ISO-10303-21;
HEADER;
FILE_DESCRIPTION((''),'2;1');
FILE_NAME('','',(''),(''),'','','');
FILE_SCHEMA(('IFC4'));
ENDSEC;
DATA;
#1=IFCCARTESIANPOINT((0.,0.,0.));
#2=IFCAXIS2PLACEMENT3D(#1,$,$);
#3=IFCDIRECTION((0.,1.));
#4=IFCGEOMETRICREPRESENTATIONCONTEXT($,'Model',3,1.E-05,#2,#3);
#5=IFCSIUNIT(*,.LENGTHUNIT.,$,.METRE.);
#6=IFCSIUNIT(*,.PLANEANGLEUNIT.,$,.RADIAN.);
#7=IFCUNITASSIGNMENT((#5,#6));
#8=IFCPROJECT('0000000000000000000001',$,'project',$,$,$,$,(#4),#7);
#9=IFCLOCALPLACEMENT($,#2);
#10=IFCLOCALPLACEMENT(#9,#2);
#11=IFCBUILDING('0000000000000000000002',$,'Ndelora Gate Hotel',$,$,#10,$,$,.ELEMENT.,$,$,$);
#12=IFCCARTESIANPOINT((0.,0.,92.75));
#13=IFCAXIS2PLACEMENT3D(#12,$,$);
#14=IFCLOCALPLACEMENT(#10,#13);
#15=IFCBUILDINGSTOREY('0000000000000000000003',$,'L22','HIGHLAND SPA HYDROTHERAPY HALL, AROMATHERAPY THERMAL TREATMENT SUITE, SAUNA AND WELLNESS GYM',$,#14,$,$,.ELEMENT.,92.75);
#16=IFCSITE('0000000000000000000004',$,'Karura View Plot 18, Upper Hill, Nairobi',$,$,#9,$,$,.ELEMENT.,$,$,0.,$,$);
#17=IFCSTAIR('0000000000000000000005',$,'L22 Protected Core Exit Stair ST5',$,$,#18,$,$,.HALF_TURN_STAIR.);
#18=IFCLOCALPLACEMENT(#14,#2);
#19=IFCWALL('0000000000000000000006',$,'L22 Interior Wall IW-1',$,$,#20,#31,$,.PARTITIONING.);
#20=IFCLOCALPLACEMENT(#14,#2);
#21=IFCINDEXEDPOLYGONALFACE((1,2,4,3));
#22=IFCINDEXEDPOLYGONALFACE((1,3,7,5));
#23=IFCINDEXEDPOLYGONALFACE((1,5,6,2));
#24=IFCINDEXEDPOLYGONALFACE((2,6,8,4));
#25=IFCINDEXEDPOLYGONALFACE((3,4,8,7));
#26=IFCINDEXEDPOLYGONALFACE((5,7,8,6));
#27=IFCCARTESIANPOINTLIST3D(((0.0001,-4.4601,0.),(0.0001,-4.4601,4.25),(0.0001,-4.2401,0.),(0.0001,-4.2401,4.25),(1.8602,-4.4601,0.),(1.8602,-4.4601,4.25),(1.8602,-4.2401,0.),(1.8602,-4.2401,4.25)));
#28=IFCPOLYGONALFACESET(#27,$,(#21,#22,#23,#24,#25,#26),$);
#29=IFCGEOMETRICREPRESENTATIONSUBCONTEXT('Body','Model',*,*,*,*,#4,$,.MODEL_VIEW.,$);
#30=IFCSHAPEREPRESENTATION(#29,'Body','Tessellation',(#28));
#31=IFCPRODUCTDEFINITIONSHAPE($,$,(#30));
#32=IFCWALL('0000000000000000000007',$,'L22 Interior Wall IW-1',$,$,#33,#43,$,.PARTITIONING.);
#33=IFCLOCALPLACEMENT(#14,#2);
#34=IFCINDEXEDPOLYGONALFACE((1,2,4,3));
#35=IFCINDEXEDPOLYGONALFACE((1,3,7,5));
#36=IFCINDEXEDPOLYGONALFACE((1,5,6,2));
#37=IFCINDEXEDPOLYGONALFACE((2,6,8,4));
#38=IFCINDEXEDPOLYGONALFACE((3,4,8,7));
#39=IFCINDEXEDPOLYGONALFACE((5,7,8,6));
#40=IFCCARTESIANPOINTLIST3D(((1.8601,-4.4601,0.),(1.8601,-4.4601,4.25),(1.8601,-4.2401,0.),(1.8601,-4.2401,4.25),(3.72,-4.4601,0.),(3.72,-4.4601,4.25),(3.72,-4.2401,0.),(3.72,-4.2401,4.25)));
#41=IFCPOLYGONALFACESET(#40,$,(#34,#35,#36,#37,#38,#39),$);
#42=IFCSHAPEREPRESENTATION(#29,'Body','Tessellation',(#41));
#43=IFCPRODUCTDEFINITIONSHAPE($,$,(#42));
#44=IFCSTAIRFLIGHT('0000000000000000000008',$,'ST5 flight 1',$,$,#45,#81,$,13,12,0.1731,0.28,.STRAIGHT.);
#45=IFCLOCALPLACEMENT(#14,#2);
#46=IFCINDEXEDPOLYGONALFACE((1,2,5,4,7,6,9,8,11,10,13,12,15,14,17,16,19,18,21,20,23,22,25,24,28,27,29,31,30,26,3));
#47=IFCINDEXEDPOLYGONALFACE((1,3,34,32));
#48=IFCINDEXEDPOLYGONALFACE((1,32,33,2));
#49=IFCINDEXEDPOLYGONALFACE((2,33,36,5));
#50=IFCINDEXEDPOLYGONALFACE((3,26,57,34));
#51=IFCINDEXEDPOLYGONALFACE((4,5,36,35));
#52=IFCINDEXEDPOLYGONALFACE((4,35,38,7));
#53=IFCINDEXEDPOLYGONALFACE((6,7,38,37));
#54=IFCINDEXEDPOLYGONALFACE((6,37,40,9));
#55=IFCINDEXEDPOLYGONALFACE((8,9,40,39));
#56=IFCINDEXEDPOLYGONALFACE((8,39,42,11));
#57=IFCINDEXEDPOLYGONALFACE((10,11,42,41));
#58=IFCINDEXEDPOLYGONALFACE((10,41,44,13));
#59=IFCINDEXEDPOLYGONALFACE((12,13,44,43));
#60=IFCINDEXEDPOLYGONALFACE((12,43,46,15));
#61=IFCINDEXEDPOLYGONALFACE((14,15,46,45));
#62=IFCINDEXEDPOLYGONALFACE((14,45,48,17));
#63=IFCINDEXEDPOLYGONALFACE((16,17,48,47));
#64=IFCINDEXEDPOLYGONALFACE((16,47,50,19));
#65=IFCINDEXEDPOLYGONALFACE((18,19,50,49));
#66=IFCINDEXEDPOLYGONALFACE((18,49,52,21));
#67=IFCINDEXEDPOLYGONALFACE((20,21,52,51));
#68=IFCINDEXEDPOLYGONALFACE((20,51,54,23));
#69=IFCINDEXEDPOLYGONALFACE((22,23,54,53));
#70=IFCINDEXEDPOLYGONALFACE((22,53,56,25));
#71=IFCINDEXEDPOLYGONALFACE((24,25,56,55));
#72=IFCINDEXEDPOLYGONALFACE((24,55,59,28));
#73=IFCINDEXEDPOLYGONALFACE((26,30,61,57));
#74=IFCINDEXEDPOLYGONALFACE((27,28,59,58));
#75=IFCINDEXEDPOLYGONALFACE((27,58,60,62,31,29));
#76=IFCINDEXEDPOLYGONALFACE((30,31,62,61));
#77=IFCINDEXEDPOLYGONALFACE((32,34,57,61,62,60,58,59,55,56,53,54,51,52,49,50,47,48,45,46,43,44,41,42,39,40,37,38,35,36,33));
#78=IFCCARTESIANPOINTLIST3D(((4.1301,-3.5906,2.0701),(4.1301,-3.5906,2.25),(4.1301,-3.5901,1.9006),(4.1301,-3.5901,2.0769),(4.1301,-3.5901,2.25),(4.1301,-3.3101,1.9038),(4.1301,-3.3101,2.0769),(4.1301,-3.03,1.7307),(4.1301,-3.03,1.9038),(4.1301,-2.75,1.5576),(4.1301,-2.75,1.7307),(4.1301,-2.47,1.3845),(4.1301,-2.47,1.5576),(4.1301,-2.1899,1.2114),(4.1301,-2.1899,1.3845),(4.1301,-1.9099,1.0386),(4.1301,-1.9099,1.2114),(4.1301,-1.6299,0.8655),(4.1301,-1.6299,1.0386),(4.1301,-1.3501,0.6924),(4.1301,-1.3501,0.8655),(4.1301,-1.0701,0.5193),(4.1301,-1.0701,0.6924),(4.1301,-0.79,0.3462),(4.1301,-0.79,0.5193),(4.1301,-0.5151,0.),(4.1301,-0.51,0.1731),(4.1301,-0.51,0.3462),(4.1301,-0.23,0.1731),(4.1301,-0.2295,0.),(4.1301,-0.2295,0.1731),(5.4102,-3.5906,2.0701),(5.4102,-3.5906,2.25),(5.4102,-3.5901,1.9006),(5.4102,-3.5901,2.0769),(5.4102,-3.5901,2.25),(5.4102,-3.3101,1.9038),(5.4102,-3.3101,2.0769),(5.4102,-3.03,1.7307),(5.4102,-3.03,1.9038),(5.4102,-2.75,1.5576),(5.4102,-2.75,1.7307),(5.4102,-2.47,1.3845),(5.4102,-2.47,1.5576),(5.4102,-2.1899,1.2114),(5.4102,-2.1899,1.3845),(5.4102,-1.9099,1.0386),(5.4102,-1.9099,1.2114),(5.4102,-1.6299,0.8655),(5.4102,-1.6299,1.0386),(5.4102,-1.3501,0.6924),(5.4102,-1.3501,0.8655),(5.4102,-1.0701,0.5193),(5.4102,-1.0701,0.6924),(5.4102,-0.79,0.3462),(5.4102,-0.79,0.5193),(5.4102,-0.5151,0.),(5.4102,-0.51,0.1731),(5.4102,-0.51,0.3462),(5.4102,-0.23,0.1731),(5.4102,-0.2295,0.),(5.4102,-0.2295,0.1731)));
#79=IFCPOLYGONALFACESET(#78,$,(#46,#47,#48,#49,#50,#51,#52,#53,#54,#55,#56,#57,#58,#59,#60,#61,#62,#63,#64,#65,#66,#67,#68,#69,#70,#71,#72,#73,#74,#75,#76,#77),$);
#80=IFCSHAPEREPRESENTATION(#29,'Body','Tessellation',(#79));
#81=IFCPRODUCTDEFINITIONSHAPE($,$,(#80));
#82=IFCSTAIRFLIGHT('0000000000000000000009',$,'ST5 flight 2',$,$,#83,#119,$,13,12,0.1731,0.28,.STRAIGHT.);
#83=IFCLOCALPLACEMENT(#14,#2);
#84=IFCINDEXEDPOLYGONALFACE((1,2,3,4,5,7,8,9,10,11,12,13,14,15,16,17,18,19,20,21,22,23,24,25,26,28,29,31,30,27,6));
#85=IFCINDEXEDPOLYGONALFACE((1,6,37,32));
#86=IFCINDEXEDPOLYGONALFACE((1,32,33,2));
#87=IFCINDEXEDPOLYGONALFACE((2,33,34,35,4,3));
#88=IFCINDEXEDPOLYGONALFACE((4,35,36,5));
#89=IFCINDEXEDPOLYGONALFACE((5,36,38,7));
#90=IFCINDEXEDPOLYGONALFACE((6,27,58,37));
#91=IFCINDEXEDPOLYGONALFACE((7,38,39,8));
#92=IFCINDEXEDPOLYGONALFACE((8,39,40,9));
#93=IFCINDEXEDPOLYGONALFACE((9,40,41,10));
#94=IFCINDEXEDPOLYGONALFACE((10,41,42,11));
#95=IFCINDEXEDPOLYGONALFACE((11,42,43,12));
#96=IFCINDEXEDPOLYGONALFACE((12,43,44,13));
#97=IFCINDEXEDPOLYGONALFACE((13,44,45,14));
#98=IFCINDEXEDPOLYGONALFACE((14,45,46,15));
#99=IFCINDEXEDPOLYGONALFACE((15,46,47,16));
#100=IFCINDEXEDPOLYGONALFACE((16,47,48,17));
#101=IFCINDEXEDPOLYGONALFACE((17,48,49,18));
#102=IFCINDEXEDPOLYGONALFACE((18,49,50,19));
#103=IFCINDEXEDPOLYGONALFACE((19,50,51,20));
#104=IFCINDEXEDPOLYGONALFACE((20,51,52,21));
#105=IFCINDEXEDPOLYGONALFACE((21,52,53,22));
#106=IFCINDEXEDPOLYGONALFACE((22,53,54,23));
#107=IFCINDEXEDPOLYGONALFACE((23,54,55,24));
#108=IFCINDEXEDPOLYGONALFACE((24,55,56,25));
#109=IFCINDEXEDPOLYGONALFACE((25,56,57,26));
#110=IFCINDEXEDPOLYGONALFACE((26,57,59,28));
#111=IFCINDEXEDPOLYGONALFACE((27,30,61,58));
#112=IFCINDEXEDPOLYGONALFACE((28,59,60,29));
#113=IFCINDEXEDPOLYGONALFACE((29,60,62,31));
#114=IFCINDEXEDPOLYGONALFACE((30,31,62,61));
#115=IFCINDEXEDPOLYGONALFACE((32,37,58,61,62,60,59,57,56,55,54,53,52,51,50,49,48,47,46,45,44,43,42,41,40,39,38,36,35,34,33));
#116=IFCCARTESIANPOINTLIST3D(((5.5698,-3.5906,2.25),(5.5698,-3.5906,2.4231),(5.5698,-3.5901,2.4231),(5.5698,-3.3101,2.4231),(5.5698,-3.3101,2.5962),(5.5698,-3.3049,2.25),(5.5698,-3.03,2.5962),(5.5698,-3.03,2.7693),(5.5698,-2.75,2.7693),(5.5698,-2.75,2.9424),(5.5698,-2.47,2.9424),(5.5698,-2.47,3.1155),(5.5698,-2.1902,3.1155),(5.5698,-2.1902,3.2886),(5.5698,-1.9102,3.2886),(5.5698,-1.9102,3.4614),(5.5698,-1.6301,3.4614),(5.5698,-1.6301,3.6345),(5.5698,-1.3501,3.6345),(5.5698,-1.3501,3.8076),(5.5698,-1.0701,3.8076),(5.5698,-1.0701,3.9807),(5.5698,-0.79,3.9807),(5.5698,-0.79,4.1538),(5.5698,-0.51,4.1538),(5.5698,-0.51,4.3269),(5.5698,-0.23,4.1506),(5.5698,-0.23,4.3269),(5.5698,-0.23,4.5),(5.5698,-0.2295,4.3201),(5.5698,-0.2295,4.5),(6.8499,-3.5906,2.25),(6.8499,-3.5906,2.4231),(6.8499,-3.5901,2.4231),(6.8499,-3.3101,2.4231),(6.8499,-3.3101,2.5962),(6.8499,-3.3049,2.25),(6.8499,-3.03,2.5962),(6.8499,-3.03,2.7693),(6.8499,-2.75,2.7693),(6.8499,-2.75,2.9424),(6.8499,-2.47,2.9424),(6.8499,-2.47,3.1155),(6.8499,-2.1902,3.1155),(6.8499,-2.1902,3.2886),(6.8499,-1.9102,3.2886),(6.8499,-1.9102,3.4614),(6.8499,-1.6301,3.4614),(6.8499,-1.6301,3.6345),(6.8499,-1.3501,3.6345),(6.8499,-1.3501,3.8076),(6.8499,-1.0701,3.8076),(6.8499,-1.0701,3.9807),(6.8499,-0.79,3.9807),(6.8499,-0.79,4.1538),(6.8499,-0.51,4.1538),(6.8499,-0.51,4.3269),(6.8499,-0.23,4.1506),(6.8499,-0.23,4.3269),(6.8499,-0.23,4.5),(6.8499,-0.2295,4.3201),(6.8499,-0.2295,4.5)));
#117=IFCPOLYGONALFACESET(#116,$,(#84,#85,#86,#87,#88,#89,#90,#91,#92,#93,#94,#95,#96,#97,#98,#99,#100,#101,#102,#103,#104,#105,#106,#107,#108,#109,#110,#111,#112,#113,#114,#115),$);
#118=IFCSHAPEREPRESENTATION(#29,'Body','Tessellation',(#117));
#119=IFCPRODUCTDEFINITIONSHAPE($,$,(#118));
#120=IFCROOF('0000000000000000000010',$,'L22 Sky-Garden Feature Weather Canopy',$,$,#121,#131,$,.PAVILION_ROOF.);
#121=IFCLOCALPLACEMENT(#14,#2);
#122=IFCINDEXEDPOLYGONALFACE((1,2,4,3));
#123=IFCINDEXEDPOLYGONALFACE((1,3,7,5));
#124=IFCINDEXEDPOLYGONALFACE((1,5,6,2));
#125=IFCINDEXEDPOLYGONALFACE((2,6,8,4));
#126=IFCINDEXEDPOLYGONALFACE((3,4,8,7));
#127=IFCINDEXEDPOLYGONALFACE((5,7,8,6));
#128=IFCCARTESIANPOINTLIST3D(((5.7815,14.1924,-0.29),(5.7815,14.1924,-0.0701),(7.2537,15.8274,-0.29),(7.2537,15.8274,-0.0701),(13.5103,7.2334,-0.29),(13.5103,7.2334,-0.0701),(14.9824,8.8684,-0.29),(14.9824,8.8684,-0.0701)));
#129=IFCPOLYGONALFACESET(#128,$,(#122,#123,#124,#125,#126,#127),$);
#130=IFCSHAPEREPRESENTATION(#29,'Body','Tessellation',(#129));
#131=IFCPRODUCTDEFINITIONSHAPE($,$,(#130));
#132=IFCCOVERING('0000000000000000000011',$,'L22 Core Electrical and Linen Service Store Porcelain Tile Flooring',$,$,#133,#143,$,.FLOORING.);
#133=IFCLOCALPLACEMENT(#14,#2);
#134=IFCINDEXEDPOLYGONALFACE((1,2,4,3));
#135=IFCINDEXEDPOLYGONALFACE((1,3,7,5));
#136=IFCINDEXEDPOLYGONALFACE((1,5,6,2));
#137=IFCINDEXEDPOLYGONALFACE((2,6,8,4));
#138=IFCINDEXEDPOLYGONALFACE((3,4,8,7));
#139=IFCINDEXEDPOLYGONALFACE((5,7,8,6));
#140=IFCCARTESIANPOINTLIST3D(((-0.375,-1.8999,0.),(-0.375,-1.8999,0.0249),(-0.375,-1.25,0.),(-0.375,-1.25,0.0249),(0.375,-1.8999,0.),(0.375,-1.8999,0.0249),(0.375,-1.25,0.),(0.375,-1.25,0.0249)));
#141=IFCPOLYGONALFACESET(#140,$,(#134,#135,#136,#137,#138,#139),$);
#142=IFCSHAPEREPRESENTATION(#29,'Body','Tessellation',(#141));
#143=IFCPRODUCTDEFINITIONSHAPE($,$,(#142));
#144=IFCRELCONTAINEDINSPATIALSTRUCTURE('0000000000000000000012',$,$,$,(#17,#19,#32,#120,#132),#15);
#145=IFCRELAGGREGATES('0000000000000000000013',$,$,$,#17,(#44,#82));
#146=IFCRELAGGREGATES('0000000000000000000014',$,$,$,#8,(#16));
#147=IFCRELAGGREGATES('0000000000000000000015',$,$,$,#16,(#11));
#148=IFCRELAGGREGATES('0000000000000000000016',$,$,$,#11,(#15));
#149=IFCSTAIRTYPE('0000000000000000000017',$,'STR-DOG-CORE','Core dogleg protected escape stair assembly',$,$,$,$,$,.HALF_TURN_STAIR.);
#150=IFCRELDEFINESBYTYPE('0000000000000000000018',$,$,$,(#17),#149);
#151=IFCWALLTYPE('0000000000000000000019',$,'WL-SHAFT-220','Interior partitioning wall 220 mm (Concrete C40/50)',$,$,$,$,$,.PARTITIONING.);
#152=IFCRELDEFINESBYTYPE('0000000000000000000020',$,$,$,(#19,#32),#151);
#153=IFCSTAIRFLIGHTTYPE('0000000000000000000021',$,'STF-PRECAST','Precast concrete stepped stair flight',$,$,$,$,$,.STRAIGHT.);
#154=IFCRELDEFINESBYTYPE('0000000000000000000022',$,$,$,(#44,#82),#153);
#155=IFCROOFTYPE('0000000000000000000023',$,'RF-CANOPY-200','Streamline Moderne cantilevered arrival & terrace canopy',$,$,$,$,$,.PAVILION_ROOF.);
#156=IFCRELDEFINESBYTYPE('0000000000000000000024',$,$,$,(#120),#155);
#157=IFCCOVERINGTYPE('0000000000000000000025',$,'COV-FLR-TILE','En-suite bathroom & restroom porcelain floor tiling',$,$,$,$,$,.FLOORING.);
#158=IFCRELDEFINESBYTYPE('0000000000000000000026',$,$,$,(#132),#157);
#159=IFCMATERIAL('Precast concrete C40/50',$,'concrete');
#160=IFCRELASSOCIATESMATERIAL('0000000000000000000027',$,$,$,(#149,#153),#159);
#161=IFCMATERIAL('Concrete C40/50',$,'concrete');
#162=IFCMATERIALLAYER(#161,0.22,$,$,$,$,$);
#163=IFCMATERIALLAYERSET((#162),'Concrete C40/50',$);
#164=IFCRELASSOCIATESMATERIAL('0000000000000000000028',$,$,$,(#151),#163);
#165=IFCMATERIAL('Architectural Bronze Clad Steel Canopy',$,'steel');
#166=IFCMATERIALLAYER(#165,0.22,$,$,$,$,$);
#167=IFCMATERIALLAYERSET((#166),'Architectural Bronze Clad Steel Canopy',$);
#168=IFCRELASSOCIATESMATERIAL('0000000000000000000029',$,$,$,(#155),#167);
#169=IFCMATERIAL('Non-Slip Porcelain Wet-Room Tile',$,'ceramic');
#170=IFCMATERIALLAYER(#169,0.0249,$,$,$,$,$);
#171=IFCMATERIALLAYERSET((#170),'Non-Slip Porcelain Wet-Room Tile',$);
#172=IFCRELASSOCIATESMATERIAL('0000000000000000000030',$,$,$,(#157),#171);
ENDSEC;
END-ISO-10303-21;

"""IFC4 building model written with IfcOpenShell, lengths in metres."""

from ifc_helpers import new_model, si_unit, direction, frame, frame_2d, origin, origin_2d, place, context, subcontext, project, spatial, polyline, rectangle, outline, extrude, material, layer, layer_set, type_object, element, aggregate, save


model = new_model("IFC4")

# Units and contexts
model_context = context("Model", 3, precision=1e-05, world=origin(), true_north=direction((0.0, 1.0)))
body_context = subcontext(model_context, "Body", "Model", "MODEL_VIEW")
ifc_project = project(units=[si_unit("LENGTHUNIT", "METRE"), si_unit("PLANEANGLEUNIT", "RADIAN")], contexts=[model_context])

# Site, building, storey
site_placement = place(None, origin())
site = spatial("IfcSite", under=ifc_project, at=site_placement, Name="Karura View Plot 18, Upper Hill, Nairobi", CompositionType="ELEMENT", RefElevation=0.0)
building_placement = place(site_placement, origin())
building = spatial("IfcBuilding", under=site, at=building_placement, Name="Ndelora Gate Hotel", CompositionType="ELEMENT")
storey_placement = place(building_placement, frame((0.0, 0.0, 92.75)))
storey = spatial("IfcBuildingStorey", under=building, at=storey_placement, Name="L22", Description="HIGHLAND SPA HYDROTHERAPY HALL, AROMATHERAPY THERMAL TREATMENT SUITE, SAUNA AND WELLNESS GYM", CompositionType="ELEMENT", Elevation=92.75)

# Stair
ifc_material_1 = material(Name="Precast concrete C40/50", Category="concrete")
stair_type = type_object("IfcStairType", Name="STR-DOG-CORE", Description="Core dogleg protected escape stair assembly", PredefinedType="HALF_TURN_STAIR", material=ifc_material_1)
stair_1_placement = place(storey_placement, origin())
stair_1 = element("IfcStair", 1, at=stair_1_placement, inside=storey, type_object=stair_type, Name="L22 Protected Core Exit Stair ST5", PredefinedType="HALF_TURN_STAIR")

# Walls
ifc_material_2 = material(Name="Concrete C40/50", Category="concrete")
ifc_layer_1 = layer(ifc_material_2, 0.22)
ifc_layer_set_1 = layer_set([ifc_layer_1], Name="Concrete C40/50")
wall_type = type_object("IfcWallType", Name="WL-SHAFT-220", Description="Interior partitioning wall 220 mm (Concrete C40/50)", PredefinedType="PARTITIONING", material=ifc_layer_set_1)
wall_1_placement = place(storey_placement, frame((0.0, -4.3501, 0.0), z_axis=(0.0, 0.0, 1.0), x_axis=(1.0, 0.0, 0.0)))
element("IfcWall", 2, at=wall_1_placement, inside=storey, type_object=wall_type, Name="L22 Interior Wall IW-1", PredefinedType="PARTITIONING", context=body_context, shape_type="SweptSolid", body=[
    extrude(rectangle(XDim=1.8601, YDim=0.22, at=frame_2d((0.9302, 0.0))), origin(), (0.0, 0.0, 1.0), 4.25),
])
wall_2_placement = place(storey_placement, frame((1.8601, -4.3501, 0.0), z_axis=(0.0, 0.0, 1.0), x_axis=(1.0, 0.0, 0.0)))
element("IfcWall", 3, at=wall_2_placement, inside=storey, type_object=wall_type, Name="L22 Interior Wall IW-1", PredefinedType="PARTITIONING", context=body_context, shape_type="SweptSolid", body=[
    extrude(rectangle(XDim=1.8599, YDim=0.22, at=frame_2d((0.9299, 0.0))), origin(), (0.0, 0.0, 1.0), 4.25),
])

# Stair flights
stair_flight_type = type_object("IfcStairFlightType", Name="STF-PRECAST", Description="Precast concrete stepped stair flight", PredefinedType="STRAIGHT", material=ifc_material_1)
stair_flight_1_placement = place(storey_placement, frame((4.77, -0.23, 0.0), z_axis=(0.0, 0.0, 1.0), x_axis=(0.0, -1.0, 0.0)))
stair_flight_1 = element("IfcStairFlight", 4, at=stair_flight_1_placement, type_object=stair_flight_type, Name="ST5 flight 1", NumberOfRisers=13, NumberOfTreads=12, PredefinedType="STRAIGHT", RiserHeight=0.1731, TreadLength=0.28, context=body_context, shape_type="SweptSolid", body=[
    extrude(outline(polyline([(-0.0005, 0.0), (-0.0005, 0.1731), (0.0, 0.1731), (0.28, 0.1731), (0.28, 0.3462), (0.5601, 0.3462), (0.5601, 0.5193), (0.8401, 0.5193), (0.8401, 0.6924), (1.1201, 0.6924), (1.1201, 0.8655), (1.3999, 0.8655), (1.3999, 1.0386), (1.6799, 1.0386), (1.6799, 1.2114), (1.96, 1.2114), (1.96, 1.3845), (2.24, 1.3845), (2.24, 1.5576), (2.52, 1.5576), (2.52, 1.7307), (2.8, 1.7307), (2.8, 1.9038), (3.0801, 1.9038), (3.0801, 2.0769), (3.3601, 2.0769), (3.3601, 2.25), (3.3606, 2.25), (3.3606, 2.0701), (3.3601, 1.9006), (0.2852, 0.0), (-0.0005, 0.0)])), frame((0.0, 0.6401, 0.0), z_axis=(0.0, -1.0, 0.0), x_axis=(1.0, 0.0, 0.0)), (0.0, 0.0, 1.0), 1.28),
])
stair_flight_2_placement = place(storey_placement, frame((6.21, -3.5901, 2.25), z_axis=(0.0, 0.0, 1.0), x_axis=(0.0, 1.0, 0.0)))
stair_flight_2 = element("IfcStairFlight", 5, at=stair_flight_2_placement, type_object=stair_flight_type, Name="ST5 flight 2", NumberOfRisers=13, NumberOfTreads=12, PredefinedType="STRAIGHT", RiserHeight=0.1731, TreadLength=0.28, context=body_context, shape_type="SweptSolid", body=[
    extrude(outline(polyline([(-0.0005, 0.0), (-0.0005, 0.1731), (0.0, 0.1731), (0.28, 0.1731), (0.28, 0.3462), (0.5601, 0.3462), (0.5601, 0.5193), (0.8401, 0.5193), (0.8401, 0.6924), (1.1201, 0.6924), (1.1201, 0.8655), (1.3999, 0.8655), (1.3999, 1.0386), (1.6799, 1.0386), (1.6799, 1.2114), (1.96, 1.2114), (1.96, 1.3845), (2.24, 1.3845), (2.24, 1.5576), (2.52, 1.5576), (2.52, 1.7307), (2.8, 1.7307), (2.8, 1.9038), (3.0801, 1.9038), (3.0801, 2.0769), (3.3601, 2.0769), (3.3601, 2.25), (3.3606, 2.25), (3.3606, 2.0701), (3.3601, 1.9006), (0.2852, 0.0), (-0.0005, 0.0)])), frame((0.0, 0.6401, 0.0), z_axis=(0.0, -1.0, 0.0), x_axis=(1.0, 0.0, 0.0)), (0.0, 0.0, 1.0), 1.28),
])
aggregate(stair_1, [stair_flight_1, stair_flight_2])

# Roof
ifc_material_3 = material(Name="Architectural Bronze Clad Steel Canopy", Category="steel")
ifc_layer_2 = layer(ifc_material_3, 0.22)
ifc_layer_set_2 = layer_set([ifc_layer_2], Name="Architectural Bronze Clad Steel Canopy")
roof_type = type_object("IfcRoofType", Name="RF-CANOPY-200", Description="Streamline Moderne cantilevered arrival & terrace canopy", PredefinedType="PAVILION_ROOF", material=ifc_layer_set_2)
roof_placement = place(storey_placement, frame((0.0, 0.0, -0.29)))
element("IfcRoof", 6, at=roof_placement, inside=storey, type_object=roof_type, Name="L22 Sky-Garden Feature Weather Canopy", PredefinedType="PAVILION_ROOF", context=body_context, shape_type="SweptSolid", body=[
    extrude(outline(polyline([(13.5103, 7.2334), (14.9824, 8.8684), (7.2537, 15.8274), (5.7815, 14.1924), (13.5103, 7.2334)])), origin(), (0.0, 0.0, 1.0), 0.22),
])

# Covering
ifc_material_4 = material(Name="Non-Slip Porcelain Wet-Room Tile", Category="ceramic")
ifc_layer_3 = layer(ifc_material_4, 0.0249)
ifc_layer_set_3 = layer_set([ifc_layer_3], Name="Non-Slip Porcelain Wet-Room Tile")
covering_type = type_object("IfcCoveringType", Name="COV-FLR-TILE", Description="En-suite bathroom & restroom porcelain floor tiling", PredefinedType="FLOORING", material=ifc_layer_set_3)
covering_placement = place(storey_placement, frame((0.0, -1.575, 0.0), z_axis=(0.0, 0.0, 1.0), x_axis=(1.0, 0.0, 0.0)))
element("IfcCovering", 7, at=covering_placement, inside=storey, type_object=covering_type, Name="L22 Core Electrical and Linen Service Store Porcelain Tile Flooring", PredefinedType="FLOORING", context=body_context, shape_type="SweptSolid", body=[
    extrude(rectangle(XDim=0.75, YDim=0.6499, at=origin_2d()), origin(), (0.0, 0.0, 1.0), 0.0249),
])

save(model, "model.ifc")
